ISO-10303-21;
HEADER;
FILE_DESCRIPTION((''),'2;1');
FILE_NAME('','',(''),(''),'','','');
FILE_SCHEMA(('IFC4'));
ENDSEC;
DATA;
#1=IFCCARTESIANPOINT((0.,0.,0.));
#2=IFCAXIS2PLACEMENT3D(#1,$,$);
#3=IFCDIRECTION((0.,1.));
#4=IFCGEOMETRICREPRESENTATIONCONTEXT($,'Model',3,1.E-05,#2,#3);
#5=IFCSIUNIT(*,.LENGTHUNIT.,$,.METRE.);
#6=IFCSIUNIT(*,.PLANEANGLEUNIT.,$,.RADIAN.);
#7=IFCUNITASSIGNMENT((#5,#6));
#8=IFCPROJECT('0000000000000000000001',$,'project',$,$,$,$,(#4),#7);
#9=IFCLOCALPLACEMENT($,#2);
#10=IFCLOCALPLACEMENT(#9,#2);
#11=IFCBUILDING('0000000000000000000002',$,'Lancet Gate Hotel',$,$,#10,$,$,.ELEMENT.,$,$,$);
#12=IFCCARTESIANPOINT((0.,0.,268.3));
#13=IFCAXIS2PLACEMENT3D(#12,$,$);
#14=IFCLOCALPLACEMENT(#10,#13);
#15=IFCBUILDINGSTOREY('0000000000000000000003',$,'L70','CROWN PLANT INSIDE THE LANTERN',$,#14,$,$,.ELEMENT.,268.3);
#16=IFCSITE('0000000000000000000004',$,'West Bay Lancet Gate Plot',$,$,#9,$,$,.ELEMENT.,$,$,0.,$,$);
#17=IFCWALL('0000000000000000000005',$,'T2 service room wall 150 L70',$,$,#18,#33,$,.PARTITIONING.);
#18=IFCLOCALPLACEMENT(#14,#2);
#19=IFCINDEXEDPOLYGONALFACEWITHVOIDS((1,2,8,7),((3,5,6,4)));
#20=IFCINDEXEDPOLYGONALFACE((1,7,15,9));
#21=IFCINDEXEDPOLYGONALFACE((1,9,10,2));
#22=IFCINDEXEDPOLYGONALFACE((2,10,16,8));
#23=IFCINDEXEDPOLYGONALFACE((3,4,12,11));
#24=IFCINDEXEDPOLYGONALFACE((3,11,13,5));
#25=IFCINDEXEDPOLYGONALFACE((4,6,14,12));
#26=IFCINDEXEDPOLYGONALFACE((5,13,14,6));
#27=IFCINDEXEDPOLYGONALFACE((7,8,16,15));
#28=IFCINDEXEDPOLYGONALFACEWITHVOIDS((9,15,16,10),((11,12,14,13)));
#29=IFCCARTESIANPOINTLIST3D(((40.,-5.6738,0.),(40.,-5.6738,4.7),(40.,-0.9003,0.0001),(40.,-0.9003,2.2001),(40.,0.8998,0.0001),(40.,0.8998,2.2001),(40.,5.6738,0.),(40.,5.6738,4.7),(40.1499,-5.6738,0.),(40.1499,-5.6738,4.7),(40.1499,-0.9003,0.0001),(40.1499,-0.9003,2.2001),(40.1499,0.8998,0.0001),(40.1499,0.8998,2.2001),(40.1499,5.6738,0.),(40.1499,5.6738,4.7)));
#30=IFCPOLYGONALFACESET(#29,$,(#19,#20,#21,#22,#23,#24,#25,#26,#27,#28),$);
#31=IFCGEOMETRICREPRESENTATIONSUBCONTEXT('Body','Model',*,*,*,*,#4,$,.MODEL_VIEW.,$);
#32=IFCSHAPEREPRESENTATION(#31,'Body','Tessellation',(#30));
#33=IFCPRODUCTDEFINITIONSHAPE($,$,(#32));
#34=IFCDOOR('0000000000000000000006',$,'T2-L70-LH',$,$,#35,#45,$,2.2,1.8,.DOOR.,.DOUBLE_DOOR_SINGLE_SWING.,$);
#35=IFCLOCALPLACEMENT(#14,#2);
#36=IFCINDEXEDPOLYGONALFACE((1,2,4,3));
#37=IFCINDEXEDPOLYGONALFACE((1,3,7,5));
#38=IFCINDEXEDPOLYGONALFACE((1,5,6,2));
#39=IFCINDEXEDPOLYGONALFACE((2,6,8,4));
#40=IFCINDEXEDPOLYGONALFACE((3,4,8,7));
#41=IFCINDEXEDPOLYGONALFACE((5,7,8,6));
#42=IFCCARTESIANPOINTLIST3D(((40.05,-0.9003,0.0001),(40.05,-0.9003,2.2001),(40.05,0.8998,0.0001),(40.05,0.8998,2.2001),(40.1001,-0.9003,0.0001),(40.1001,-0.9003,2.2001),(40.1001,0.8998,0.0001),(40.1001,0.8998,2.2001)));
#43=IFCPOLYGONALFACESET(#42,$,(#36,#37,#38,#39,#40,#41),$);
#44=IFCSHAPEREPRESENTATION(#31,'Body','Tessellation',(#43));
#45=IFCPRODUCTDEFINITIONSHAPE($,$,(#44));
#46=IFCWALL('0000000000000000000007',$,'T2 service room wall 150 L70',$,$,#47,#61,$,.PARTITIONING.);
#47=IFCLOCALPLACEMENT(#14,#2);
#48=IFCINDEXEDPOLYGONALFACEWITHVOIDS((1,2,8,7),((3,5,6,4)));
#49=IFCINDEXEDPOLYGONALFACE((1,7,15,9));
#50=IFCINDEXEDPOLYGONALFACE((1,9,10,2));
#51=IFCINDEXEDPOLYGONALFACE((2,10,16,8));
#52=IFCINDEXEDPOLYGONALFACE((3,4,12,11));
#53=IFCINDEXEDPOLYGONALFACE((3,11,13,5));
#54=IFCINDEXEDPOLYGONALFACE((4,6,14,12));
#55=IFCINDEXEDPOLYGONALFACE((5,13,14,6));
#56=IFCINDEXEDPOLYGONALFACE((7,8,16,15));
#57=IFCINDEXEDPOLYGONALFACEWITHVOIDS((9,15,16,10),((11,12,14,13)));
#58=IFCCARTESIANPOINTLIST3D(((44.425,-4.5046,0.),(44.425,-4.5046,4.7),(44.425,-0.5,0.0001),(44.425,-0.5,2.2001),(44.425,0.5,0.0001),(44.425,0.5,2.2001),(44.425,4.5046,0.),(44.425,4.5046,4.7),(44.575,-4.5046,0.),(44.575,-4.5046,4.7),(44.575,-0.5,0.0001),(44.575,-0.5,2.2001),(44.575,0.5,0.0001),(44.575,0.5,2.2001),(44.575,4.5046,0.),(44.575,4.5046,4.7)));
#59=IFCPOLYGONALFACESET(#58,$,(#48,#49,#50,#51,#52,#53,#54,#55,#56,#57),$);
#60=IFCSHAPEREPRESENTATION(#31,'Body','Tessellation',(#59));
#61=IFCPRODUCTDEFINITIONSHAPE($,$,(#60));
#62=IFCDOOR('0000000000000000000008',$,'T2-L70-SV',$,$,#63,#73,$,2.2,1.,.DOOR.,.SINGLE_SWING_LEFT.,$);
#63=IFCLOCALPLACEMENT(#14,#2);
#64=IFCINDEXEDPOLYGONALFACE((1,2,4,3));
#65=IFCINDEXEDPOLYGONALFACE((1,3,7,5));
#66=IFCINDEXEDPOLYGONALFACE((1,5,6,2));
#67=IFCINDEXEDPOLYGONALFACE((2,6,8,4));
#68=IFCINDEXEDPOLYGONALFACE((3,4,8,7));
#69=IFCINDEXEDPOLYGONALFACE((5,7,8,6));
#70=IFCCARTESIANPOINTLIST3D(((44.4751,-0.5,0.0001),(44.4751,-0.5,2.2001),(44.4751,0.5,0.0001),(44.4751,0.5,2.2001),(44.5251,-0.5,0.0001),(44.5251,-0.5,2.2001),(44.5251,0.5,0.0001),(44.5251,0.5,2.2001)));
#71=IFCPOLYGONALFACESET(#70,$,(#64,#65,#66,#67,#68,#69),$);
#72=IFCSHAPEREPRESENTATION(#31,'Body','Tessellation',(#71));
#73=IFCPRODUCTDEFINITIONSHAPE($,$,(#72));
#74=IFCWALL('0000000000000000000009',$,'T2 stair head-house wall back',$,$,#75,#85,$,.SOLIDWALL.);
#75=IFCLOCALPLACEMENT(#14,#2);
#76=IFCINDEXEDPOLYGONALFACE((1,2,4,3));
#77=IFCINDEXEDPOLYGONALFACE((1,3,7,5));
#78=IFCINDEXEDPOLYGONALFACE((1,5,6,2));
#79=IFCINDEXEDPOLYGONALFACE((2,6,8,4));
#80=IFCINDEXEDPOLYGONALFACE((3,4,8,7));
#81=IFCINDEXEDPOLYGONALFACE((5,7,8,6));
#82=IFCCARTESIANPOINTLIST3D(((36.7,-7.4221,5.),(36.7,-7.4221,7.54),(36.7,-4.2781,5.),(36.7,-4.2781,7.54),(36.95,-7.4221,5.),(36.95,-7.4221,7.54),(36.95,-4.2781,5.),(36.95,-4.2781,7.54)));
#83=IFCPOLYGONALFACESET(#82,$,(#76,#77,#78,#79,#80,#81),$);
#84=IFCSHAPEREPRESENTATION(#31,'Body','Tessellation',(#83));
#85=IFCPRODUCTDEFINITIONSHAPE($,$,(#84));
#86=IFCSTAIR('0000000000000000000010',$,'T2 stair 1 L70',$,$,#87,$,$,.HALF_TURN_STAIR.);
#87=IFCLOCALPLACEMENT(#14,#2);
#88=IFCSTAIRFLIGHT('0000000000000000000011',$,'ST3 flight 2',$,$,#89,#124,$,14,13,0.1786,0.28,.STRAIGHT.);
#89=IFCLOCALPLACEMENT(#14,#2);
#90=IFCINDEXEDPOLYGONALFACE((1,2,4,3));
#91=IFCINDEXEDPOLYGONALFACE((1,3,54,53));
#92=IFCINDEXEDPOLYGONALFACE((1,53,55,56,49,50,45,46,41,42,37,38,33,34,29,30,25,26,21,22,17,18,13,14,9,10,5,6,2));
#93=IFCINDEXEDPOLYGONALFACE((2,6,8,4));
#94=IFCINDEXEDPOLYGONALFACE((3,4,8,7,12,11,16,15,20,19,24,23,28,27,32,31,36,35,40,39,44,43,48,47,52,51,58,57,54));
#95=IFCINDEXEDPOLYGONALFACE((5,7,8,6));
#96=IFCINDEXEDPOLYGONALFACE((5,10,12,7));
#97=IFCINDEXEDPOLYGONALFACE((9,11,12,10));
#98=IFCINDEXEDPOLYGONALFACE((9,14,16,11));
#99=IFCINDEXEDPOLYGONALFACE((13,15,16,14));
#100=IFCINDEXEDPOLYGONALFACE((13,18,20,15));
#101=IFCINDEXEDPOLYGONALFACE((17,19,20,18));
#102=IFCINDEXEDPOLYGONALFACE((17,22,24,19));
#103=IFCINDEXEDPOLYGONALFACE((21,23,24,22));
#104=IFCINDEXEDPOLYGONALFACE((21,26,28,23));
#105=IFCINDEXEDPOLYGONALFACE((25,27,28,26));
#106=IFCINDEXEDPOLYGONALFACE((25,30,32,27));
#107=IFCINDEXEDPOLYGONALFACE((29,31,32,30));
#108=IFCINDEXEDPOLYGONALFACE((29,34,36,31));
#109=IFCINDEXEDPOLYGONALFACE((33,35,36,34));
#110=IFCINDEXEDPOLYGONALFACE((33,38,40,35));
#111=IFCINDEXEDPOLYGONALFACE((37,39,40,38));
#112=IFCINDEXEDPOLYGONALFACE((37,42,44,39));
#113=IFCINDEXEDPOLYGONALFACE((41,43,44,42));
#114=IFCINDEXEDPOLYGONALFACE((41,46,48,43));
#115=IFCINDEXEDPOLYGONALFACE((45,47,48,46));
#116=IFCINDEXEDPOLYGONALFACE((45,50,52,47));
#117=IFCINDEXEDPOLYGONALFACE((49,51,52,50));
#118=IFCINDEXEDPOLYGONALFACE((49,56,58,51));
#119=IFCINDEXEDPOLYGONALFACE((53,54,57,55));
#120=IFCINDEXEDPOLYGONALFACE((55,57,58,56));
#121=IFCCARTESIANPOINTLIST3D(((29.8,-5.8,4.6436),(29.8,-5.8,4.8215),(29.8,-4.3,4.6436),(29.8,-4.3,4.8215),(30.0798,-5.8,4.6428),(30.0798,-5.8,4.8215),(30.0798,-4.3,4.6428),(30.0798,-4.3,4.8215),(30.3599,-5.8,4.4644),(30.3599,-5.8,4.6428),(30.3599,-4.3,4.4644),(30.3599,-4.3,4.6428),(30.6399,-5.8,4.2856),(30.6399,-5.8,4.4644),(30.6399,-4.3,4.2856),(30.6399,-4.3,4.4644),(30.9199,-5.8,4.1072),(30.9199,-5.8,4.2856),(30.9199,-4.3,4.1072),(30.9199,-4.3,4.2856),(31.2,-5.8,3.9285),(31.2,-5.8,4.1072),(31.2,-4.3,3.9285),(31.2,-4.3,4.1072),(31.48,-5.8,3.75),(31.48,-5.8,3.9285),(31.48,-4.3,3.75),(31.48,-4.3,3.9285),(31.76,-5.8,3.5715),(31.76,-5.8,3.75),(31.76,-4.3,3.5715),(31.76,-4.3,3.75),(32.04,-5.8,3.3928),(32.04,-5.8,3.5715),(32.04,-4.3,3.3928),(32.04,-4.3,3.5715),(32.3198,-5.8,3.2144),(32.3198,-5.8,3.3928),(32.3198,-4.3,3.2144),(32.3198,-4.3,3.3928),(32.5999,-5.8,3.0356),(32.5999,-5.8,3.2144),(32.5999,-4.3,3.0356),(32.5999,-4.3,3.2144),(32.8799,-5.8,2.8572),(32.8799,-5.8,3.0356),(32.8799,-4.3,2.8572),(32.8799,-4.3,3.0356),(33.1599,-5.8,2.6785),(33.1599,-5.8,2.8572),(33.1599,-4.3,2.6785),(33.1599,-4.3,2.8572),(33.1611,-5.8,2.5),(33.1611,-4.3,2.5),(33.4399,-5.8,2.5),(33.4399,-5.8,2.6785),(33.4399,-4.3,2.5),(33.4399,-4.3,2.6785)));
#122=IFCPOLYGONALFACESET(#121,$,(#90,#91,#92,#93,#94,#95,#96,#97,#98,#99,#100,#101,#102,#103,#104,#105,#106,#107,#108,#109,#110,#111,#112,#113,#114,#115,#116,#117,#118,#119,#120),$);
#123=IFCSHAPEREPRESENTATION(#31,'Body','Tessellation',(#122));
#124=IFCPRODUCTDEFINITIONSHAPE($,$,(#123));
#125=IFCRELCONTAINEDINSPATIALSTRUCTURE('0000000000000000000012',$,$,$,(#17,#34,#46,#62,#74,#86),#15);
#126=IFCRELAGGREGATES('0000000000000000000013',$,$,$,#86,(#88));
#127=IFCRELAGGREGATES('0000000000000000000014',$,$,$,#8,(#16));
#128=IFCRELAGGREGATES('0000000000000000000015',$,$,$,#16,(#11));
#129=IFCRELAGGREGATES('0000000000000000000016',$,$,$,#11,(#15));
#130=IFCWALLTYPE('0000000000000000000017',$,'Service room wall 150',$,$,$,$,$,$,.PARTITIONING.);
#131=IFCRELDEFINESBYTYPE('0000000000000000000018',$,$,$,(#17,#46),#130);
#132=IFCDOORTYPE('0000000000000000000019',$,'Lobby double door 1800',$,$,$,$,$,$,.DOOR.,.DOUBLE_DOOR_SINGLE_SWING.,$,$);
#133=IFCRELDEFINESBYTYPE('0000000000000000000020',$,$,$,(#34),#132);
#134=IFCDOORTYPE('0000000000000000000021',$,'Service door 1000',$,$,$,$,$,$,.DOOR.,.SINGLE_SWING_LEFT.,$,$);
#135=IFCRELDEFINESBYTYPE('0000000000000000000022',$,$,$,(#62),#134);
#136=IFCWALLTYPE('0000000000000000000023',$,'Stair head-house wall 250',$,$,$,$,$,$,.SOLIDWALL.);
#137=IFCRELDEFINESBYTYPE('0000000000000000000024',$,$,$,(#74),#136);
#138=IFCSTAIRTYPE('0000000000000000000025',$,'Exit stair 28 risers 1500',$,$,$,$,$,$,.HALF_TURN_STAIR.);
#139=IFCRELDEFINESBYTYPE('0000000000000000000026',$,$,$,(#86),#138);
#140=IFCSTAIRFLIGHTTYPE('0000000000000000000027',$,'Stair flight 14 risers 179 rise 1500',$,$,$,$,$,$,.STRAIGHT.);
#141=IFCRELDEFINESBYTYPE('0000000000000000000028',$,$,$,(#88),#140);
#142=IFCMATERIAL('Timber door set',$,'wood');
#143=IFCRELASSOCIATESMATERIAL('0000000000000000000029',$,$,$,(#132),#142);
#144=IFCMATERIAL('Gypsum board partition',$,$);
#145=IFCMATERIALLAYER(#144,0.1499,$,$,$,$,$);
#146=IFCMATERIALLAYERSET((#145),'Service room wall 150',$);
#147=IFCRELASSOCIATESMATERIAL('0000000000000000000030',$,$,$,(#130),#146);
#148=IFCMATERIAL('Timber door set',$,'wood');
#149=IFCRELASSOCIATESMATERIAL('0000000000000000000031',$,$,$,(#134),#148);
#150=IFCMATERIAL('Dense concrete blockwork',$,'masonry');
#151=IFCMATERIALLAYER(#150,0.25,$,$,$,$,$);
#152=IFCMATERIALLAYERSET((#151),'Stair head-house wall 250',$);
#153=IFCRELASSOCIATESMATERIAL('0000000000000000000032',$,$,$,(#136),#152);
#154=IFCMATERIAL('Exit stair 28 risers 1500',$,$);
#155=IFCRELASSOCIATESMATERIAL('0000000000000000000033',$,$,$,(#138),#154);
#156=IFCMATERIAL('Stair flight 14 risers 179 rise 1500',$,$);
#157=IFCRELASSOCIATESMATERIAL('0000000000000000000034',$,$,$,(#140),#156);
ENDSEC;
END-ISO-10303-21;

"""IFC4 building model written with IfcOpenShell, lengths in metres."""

from ifc_helpers import new_model, si_unit, direction, frame, frame_2d, origin, place, context, subcontext, project, spatial, polyline, rectangle, outline, extrude, material, layer, layer_set, type_object, element, fill, aggregate, save


model = new_model("IFC4")

# Units and contexts
model_context = context("Model", 3, precision=1e-05, world=origin(), true_north=direction((0.0, 1.0)))
body_context = subcontext(model_context, "Body", "Model", "MODEL_VIEW")
ifc_project = project(units=[si_unit("LENGTHUNIT", "METRE"), si_unit("PLANEANGLEUNIT", "RADIAN")], contexts=[model_context])

# Site, building, storey
site_placement = place(None, origin())
site = spatial("IfcSite", under=ifc_project, at=site_placement, Name="West Bay Lancet Gate Plot", CompositionType="ELEMENT", RefElevation=0.0)
building_placement = place(site_placement, origin())
building = spatial("IfcBuilding", under=site, at=building_placement, Name="Lancet Gate Hotel", CompositionType="ELEMENT")
storey_placement = place(building_placement, frame((0.0, 0.0, 268.3)))
storey = spatial("IfcBuildingStorey", under=building, at=storey_placement, Name="L70", Description="CROWN PLANT INSIDE THE LANTERN", CompositionType="ELEMENT", Elevation=268.3)

# Shared definitions
ifc_material_1 = material(Name="Timber door set", Category="wood")
door_type_1 = type_object("IfcDoorType", Name="Lobby double door 1800", OperationType="DOUBLE_DOOR_SINGLE_SWING", PredefinedType="DOOR", material=ifc_material_1)

# Walls, openings, doors
ifc_material_2 = material(Name="Gypsum board partition")
ifc_layer_1 = layer(ifc_material_2, 0.1499)
ifc_layer_set_1 = layer_set([ifc_layer_1], Name="Service room wall 150")
wall_type_1 = type_object("IfcWallType", Name="Service room wall 150", PredefinedType="PARTITIONING", material=ifc_layer_set_1)
wall_1_placement = place(storey_placement, frame((40.075, -5.6738, 0.0), z_axis=(0.0, 0.0, 1.0), x_axis=(0.0, 1.0, 0.0)))
wall_1 = element("IfcWall", 1, at=wall_1_placement, inside=storey, type_object=wall_type_1, Name="T2 service room wall 150 L70", PredefinedType="PARTITIONING", context=body_context, shape_type="SweptSolid", body=[
    extrude(rectangle(XDim=11.3477, YDim=0.1499, at=frame_2d((5.6738, 0.0))), origin(), (0.0, 0.0, 1.0), 4.7),
])
opening_1_placement = place(wall_1_placement, frame((4.7737, 0.0, 0.0)))
opening_1 = element("IfcOpeningElement", 2, at=opening_1_placement, cuts=wall_1, PredefinedType="OPENING", context=body_context, shape_type="SweptSolid", body=[
    extrude(rectangle(XDim=1.8, YDim=2.2, at=frame_2d((0.8999, 1.1001))), frame((0.0, 0.085, 0.0), z_axis=(0.0, -1.0, 0.0), x_axis=(1.0, 0.0, 0.0)), (0.0, 0.0, 1.0), 0.1699),
])
door_1_placement = place(opening_1_placement, origin())
door_1 = element("IfcDoor", 3, at=door_1_placement, inside=storey, type_object=door_type_1, Name="T2-L70-LH", OperationType="DOUBLE_DOOR_SINGLE_SWING", OverallHeight=2.2, OverallWidth=1.8, PredefinedType="DOOR", context=body_context, shape_type="SweptSolid", body=[
    extrude(rectangle(XDim=1.8, YDim=2.2, at=frame_2d((0.8999, 1.1001))), frame((0.0, 0.0249, 0.0), z_axis=(0.0, -1.0, 0.0), x_axis=(1.0, 0.0, 0.0)), (0.0, 0.0, 1.0), 0.05),
])
fill(opening_1, door_1)
wall_2_placement = place(storey_placement, frame((44.5, -4.5046, 0.0), z_axis=(0.0, 0.0, 1.0), x_axis=(0.0, 1.0, 0.0)))
wall_2 = element("IfcWall", 4, at=wall_2_placement, inside=storey, type_object=wall_type_1, Name="T2 service room wall 150 L70", PredefinedType="PARTITIONING", context=body_context, shape_type="SweptSolid", body=[
    extrude(rectangle(XDim=9.0093, YDim=0.1499, at=frame_2d((4.5046, 0.0))), origin(), (0.0, 0.0, 1.0), 4.7),
])
opening_2_placement = place(wall_2_placement, frame((4.0046, 0.0, 0.0)))
opening_2 = element("IfcOpeningElement", 5, at=opening_2_placement, cuts=wall_2, PredefinedType="OPENING", context=body_context, shape_type="SweptSolid", body=[
    extrude(rectangle(XDim=1.0, YDim=2.2, at=frame_2d((0.5, 1.1001))), frame((0.0, 0.085, 0.0), z_axis=(0.0, -1.0, 0.0), x_axis=(1.0, 0.0, 0.0)), (0.0, 0.0, 1.0), 0.1699),
])
ifc_material_3 = material(Name="Timber door set", Category="wood")
door_type_2 = type_object("IfcDoorType", Name="Service door 1000", OperationType="SINGLE_SWING_LEFT", PredefinedType="DOOR", material=ifc_material_3)
door_2_placement = place(opening_2_placement, origin())
door_2 = element("IfcDoor", 6, at=door_2_placement, inside=storey, type_object=door_type_2, Name="T2-L70-SV", OperationType="SINGLE_SWING_LEFT", OverallHeight=2.2, OverallWidth=1.0, PredefinedType="DOOR", context=body_context, shape_type="SweptSolid", body=[
    extrude(rectangle(XDim=1.0, YDim=2.2, at=frame_2d((0.5, 1.1001))), frame((0.0, 0.0249, 0.0), z_axis=(0.0, -1.0, 0.0), x_axis=(1.0, 0.0, 0.0)), (0.0, 0.0, 1.0), 0.05),
])
fill(opening_2, door_2)

# Wall
ifc_material_4 = material(Name="Dense concrete blockwork", Category="masonry")
ifc_layer_2 = layer(ifc_material_4, 0.25)
ifc_layer_set_2 = layer_set([ifc_layer_2], Name="Stair head-house wall 250")
wall_type_2 = type_object("IfcWallType", Name="Stair head-house wall 250", PredefinedType="SOLIDWALL", material=ifc_layer_set_2)
wall_3_placement = place(storey_placement, frame((36.825, -7.4221, 5.0), z_axis=(0.0, 0.0, 1.0), x_axis=(0.0, 1.0, 0.0)))
element("IfcWall", 7, at=wall_3_placement, inside=storey, type_object=wall_type_2, Name="T2 stair head-house wall back", PredefinedType="SOLIDWALL", context=body_context, shape_type="SweptSolid", body=[
    extrude(rectangle(XDim=3.144, YDim=0.25, at=frame_2d((1.572, 0.0))), origin(), (0.0, 0.0, 1.0), 2.54),
])

# Stair, stair flight
ifc_material_5 = material(Name="Exit stair 28 risers 1500")
stair_type = type_object("IfcStairType", Name="Exit stair 28 risers 1500", PredefinedType="HALF_TURN_STAIR", material=ifc_material_5)
stair_placement = place(storey_placement, origin())
stair = element("IfcStair", 8, at=stair_placement, inside=storey, type_object=stair_type, Name="T2 stair 1 L70", PredefinedType="HALF_TURN_STAIR")
ifc_material_6 = material(Name="Stair flight 14 risers 179 rise 1500")
stair_flight_type = type_object("IfcStairFlightType", Name="Stair flight 14 risers 179 rise 1500", PredefinedType="STRAIGHT", material=ifc_material_6)
stair_flight_placement = place(storey_placement, frame((33.4399, -5.05, 2.5), z_axis=(0.0, 0.0, 1.0), x_axis=(-1.0, 0.0, 0.0)))
stair_flight = element("IfcStairFlight", 9, at=stair_flight_placement, type_object=stair_flight_type, Name="ST3 flight 2", NumberOfRisers=14, NumberOfTreads=13, PredefinedType="STRAIGHT", RiserHeight=0.1786, TreadLength=0.28, context=body_context, shape_type="SweptSolid", body=[
    extrude(outline(polyline([(0.0, 0.0), (0.0, 0.1785), (0.28, 0.1785), (0.28, 0.3572), (0.5601, 0.3572), (0.5601, 0.5356), (0.8401, 0.5356), (0.8401, 0.7144), (1.1201, 0.7144), (1.1201, 0.8928), (1.3999, 0.8928), (1.3999, 1.0715), (1.6799, 1.0715), (1.6799, 1.25), (1.96, 1.25), (1.96, 1.4285), (2.24, 1.4285), (2.24, 1.6072), (2.52, 1.6072), (2.52, 1.7856), (2.8, 1.7856), (2.8, 1.9644), (3.0801, 1.9644), (3.0801, 2.1428), (3.3601, 2.1428), (3.3601, 2.3215), (3.6399, 2.3215), (3.6399, 2.5), (3.6399, 2.1436), (0.2788, 0.0), (0.0, 0.0)])), frame((0.0, 0.75, 0.0), z_axis=(0.0, -1.0, 0.0), x_axis=(1.0, 0.0, 0.0)), (0.0, 0.0, 1.0), 1.5),
])
aggregate(stair, [stair_flight])

save(model, "model.ifc")
